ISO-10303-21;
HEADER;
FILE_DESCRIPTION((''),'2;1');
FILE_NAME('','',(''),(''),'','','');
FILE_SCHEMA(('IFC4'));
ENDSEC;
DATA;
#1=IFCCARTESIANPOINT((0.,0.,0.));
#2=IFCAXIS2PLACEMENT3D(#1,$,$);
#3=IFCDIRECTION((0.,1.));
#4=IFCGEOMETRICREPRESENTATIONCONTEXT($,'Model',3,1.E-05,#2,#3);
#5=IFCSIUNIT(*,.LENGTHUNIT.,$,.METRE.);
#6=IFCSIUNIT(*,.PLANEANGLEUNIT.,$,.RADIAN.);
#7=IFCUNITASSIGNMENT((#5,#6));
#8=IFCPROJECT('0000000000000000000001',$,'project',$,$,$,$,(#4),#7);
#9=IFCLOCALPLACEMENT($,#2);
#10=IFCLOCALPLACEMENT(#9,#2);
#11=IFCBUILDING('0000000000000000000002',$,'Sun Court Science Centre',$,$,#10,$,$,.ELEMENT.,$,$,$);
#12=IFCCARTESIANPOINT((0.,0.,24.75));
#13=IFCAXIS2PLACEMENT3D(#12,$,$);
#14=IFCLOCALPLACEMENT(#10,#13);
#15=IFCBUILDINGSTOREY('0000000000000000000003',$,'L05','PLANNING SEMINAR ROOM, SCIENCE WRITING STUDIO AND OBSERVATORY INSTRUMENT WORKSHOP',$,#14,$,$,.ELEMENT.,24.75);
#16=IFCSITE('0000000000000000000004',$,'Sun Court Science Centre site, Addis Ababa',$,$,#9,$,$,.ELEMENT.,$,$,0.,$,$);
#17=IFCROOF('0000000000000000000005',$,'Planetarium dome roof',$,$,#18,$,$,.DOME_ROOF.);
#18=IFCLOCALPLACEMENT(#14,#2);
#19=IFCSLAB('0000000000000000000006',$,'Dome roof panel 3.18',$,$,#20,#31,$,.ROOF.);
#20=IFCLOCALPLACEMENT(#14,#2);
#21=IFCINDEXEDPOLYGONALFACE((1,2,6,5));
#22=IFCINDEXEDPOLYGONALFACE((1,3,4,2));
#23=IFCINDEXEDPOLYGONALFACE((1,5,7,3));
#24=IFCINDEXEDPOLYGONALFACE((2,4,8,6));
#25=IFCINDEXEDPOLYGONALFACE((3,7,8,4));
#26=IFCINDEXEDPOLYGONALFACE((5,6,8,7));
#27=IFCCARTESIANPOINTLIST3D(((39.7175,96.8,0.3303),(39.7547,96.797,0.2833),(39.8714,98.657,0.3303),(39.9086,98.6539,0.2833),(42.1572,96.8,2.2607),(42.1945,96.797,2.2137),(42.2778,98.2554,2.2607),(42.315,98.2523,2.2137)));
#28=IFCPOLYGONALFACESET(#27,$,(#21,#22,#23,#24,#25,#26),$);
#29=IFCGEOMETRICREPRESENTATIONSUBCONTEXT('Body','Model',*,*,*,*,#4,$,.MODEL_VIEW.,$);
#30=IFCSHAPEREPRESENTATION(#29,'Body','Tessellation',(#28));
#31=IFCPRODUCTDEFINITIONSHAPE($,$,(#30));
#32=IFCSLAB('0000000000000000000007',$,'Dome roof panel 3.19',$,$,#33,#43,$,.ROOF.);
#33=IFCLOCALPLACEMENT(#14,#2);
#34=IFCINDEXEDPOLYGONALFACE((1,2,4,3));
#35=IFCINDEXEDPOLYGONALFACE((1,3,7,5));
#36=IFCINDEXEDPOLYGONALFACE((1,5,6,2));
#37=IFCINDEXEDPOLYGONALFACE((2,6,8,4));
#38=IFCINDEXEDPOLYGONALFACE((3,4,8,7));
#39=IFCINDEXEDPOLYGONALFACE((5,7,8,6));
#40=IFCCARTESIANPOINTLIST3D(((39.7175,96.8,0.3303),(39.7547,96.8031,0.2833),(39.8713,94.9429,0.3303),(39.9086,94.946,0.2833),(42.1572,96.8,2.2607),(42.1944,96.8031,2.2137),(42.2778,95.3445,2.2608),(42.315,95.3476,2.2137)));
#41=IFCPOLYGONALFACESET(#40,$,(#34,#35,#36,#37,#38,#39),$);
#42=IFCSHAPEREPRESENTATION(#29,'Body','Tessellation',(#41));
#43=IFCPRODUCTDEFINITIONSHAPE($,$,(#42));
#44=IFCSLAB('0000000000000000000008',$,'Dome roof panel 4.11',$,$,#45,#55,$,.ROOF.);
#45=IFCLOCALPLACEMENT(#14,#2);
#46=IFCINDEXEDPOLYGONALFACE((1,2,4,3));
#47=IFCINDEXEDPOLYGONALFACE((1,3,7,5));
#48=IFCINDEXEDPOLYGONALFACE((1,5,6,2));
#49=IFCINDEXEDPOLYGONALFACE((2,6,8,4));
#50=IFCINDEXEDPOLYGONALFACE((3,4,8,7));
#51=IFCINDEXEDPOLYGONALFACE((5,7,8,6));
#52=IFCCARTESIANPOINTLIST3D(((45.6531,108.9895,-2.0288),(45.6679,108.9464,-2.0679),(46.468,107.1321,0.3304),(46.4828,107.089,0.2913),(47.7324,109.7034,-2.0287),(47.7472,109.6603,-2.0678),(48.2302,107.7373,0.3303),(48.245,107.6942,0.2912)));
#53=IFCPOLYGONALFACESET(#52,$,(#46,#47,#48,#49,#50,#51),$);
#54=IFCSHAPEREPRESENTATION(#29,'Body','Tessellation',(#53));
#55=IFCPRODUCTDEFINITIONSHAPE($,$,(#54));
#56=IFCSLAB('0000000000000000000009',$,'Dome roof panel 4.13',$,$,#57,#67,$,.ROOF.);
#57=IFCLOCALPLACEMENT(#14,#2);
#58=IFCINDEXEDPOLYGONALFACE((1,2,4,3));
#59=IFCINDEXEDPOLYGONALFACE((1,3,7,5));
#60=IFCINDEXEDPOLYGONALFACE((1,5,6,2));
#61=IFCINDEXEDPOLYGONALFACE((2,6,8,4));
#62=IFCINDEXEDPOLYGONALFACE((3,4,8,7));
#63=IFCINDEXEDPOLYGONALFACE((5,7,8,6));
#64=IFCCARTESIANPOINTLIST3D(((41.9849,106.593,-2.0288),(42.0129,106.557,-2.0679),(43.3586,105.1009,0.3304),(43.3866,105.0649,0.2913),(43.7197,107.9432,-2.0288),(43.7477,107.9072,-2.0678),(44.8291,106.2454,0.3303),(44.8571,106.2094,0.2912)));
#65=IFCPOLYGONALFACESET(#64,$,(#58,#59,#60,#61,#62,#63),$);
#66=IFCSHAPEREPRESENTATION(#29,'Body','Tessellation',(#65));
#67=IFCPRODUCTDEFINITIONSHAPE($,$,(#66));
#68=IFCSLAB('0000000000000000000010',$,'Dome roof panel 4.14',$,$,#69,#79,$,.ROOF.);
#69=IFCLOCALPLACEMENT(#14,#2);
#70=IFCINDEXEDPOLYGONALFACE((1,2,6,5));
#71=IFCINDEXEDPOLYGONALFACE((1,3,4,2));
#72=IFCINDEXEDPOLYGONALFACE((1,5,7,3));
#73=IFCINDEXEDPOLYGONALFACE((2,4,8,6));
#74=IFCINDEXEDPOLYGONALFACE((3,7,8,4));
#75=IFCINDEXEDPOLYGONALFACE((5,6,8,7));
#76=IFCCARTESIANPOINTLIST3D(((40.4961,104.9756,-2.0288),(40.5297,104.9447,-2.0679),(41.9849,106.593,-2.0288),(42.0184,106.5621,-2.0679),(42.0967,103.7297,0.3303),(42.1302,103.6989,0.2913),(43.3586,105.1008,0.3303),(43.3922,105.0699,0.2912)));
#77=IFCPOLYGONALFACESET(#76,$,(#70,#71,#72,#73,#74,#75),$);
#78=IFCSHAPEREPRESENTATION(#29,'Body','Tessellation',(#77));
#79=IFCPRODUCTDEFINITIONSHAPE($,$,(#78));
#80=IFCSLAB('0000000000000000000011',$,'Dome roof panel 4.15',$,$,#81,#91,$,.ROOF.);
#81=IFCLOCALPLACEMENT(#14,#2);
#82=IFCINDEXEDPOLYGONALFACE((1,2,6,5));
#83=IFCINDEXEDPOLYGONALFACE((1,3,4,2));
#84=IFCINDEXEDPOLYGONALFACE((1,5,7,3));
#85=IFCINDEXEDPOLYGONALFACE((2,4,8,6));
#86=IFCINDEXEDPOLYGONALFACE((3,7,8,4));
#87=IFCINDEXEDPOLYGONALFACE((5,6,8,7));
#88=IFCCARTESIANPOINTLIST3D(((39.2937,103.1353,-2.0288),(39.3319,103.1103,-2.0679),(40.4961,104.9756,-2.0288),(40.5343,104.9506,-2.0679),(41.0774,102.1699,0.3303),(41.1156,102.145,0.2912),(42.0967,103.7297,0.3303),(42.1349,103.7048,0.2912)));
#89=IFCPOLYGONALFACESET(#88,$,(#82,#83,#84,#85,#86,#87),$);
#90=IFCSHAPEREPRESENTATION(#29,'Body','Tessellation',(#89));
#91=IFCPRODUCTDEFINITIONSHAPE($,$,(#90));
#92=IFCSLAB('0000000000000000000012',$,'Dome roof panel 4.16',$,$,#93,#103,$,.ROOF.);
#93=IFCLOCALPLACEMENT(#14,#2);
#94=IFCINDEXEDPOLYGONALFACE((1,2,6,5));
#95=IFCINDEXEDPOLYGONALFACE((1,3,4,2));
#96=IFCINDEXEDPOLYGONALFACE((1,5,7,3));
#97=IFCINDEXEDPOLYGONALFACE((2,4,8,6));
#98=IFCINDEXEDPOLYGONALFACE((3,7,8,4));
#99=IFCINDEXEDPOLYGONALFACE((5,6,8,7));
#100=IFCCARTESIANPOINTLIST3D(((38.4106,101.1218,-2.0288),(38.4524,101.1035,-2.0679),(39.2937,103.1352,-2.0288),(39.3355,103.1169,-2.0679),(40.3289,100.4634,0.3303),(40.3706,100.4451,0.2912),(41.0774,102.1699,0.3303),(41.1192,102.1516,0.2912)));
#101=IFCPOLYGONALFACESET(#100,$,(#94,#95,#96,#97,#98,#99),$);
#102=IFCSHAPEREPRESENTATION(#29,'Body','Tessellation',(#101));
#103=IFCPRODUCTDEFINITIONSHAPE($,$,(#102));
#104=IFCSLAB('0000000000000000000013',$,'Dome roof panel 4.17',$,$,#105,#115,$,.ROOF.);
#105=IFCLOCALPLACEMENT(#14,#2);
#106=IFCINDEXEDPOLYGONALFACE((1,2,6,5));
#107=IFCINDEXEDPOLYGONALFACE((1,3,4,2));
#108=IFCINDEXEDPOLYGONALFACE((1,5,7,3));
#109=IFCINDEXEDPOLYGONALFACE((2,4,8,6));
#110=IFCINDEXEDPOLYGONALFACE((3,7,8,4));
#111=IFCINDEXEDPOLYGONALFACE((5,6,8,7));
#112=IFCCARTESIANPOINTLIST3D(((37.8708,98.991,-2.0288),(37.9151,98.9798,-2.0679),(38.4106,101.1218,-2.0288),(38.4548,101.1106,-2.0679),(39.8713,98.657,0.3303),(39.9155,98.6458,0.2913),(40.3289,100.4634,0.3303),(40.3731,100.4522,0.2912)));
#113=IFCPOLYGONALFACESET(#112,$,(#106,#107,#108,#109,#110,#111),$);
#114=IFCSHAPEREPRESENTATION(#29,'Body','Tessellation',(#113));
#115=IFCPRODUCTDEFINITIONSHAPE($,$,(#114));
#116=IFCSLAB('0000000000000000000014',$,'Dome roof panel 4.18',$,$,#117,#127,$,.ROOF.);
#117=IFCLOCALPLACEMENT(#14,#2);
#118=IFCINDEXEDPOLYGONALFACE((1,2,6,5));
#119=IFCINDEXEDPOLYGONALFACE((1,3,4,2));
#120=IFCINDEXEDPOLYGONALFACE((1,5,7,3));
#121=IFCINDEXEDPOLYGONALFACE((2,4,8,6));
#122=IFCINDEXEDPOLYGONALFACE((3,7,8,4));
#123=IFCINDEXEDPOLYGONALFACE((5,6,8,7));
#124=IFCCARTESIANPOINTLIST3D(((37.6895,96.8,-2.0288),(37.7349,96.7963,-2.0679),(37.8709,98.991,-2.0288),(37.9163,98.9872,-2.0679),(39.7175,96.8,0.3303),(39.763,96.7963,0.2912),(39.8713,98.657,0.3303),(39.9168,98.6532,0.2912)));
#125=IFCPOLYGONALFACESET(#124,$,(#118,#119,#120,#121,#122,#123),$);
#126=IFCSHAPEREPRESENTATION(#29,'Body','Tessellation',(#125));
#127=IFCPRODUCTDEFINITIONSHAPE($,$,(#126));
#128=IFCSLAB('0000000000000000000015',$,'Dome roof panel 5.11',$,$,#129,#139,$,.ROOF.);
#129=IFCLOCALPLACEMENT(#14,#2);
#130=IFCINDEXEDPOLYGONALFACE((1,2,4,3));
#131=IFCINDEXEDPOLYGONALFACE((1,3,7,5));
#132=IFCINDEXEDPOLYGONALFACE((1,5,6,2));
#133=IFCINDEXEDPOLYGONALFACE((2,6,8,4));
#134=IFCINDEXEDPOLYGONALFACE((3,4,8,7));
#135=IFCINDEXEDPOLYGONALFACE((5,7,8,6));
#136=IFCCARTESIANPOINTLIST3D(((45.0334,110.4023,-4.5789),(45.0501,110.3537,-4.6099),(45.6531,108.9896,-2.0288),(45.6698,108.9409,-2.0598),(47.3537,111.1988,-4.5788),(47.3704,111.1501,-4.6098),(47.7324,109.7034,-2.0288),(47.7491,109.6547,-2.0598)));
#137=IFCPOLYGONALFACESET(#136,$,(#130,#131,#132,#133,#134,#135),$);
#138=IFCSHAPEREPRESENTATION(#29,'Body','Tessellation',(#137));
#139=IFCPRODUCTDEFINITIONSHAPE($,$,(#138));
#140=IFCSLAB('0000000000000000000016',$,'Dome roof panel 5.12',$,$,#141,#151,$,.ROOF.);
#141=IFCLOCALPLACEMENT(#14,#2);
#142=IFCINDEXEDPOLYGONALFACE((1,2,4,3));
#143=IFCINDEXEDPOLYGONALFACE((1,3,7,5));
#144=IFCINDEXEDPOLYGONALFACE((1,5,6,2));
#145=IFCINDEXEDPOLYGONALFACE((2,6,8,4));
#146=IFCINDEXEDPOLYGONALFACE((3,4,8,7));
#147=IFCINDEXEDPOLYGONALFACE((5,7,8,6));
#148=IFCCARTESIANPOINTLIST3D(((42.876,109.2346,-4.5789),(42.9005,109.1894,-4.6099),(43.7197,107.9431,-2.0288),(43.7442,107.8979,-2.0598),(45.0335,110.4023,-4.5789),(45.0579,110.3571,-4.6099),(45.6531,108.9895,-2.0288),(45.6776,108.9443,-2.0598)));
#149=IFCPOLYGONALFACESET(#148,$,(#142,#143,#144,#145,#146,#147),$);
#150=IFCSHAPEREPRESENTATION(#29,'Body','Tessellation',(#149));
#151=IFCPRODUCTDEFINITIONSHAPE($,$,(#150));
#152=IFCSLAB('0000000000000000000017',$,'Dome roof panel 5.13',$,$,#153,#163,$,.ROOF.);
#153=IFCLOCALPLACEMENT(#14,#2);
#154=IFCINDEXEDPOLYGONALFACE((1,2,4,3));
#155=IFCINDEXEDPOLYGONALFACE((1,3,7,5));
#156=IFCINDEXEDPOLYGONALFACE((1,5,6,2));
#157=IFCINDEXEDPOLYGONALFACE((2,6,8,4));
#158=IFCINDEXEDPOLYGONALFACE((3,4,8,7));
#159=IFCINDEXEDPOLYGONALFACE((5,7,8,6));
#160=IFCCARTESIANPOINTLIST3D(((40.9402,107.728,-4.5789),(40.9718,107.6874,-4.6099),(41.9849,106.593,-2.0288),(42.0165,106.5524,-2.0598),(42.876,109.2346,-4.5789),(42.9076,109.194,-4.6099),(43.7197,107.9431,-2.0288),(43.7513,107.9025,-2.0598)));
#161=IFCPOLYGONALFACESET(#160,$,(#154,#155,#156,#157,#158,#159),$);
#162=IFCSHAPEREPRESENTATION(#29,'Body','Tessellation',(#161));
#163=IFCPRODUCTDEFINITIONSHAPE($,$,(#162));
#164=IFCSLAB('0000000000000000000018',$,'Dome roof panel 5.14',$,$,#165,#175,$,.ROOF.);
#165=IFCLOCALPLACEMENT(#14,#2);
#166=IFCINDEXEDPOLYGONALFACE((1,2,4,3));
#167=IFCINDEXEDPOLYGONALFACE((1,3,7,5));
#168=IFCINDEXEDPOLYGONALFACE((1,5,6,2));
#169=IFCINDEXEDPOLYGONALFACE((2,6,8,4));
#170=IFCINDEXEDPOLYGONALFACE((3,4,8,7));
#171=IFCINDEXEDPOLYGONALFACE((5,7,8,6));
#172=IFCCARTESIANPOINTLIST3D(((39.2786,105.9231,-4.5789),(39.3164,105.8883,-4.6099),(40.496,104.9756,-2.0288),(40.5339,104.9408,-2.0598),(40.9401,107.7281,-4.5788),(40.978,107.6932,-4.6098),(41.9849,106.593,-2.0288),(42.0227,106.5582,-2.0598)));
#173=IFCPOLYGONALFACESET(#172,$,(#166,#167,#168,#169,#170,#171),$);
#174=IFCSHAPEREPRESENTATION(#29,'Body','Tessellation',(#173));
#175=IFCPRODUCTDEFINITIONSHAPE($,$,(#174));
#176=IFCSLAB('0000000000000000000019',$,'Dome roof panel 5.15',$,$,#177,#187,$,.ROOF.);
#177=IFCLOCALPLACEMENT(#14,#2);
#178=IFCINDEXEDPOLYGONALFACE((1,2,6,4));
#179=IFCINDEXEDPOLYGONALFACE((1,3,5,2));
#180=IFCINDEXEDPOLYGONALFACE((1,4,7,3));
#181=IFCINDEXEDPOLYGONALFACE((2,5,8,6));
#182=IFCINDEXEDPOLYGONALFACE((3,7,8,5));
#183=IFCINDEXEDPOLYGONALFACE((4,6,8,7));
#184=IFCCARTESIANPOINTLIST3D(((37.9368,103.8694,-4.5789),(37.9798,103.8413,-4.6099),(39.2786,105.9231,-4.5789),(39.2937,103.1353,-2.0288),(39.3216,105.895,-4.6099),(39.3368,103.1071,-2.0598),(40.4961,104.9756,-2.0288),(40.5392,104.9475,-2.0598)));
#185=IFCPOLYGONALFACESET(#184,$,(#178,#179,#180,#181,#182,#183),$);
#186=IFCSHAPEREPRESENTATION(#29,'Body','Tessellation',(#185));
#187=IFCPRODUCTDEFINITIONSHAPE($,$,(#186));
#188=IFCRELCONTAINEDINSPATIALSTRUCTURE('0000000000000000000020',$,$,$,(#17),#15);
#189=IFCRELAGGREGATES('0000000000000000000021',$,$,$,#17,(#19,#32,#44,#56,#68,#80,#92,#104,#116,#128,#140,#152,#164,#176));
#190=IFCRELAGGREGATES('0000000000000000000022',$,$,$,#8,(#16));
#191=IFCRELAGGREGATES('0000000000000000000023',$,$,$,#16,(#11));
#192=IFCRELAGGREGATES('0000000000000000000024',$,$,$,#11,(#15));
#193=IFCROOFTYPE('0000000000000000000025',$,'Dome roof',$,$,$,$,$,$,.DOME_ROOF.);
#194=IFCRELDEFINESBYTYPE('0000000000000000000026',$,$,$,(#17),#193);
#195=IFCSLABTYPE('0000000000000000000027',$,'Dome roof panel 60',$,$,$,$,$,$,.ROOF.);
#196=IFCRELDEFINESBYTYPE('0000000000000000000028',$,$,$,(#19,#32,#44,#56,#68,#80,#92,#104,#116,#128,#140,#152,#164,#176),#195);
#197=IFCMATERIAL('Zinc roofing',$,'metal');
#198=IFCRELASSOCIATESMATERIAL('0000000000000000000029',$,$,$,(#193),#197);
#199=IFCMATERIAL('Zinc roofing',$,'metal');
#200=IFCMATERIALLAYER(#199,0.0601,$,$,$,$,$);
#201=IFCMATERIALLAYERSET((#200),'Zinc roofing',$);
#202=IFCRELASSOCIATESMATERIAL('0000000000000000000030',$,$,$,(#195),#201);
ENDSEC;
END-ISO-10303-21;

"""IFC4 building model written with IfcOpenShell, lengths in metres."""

from ifc_helpers import new_model, si_unit, direction, frame, origin, place, context, subcontext, project, spatial, polyline, outline, extrude, material, layer, layer_set, type_object, element, aggregate, save


model = new_model("IFC4")

# Units and contexts
model_context = context("Model", 3, precision=1e-05, world=origin(), true_north=direction((0.0, 1.0)))
body_context = subcontext(model_context, "Body", "Model", "MODEL_VIEW")
ifc_project = project(units=[si_unit("LENGTHUNIT", "METRE"), si_unit("PLANEANGLEUNIT", "RADIAN")], contexts=[model_context])

# Site, building, storey
site_placement = place(None, origin())
site = spatial("IfcSite", under=ifc_project, at=site_placement, Name="Sun Court Science Centre site, Addis Ababa", CompositionType="ELEMENT", RefElevation=0.0)
building_placement = place(site_placement, origin())
building = spatial("IfcBuilding", under=site, at=building_placement, Name="Sun Court Science Centre", CompositionType="ELEMENT")
storey_placement = place(building_placement, frame((0.0, 0.0, 24.75)))
storey = spatial("IfcBuildingStorey", under=building, at=storey_placement, Name="L05", Description="PLANNING SEMINAR ROOM, SCIENCE WRITING STUDIO AND OBSERVATORY INSTRUMENT WORKSHOP", CompositionType="ELEMENT", Elevation=24.75)

# Roof, slabs
ifc_material_1 = material(Name="Zinc roofing", Category="metal")
roof_type = type_object("IfcRoofType", Name="Dome roof", PredefinedType="DOME_ROOF", material=ifc_material_1)
roof_placement = place(storey_placement, origin())
roof = element("IfcRoof", 1, at=roof_placement, inside=storey, type_object=roof_type, Name="Planetarium dome roof", PredefinedType="DOME_ROOF")
ifc_material_2 = material(Name="Zinc roofing", Category="metal")
ifc_layer = layer(ifc_material_2, 0.0601)
ifc_layer_set = layer_set([ifc_layer], Name="Zinc roofing")
slab_type = type_object("IfcSlabType", Name="Dome roof panel 60", PredefinedType="ROOF", material=ifc_layer_set)
slab_1_placement = place(storey_placement, frame((42.2778, 98.2554, 2.2607), z_axis=(-0.61968, 0.051339, 0.783173), x_axis=(-0.08258, -0.996584, -0.000012)))
slab_1 = element("IfcSlab", 2, at=slab_1_placement, type_object=slab_type, Name="Dome roof panel 3.18", PredefinedType="ROOF", context=body_context, shape_type="SweptSolid", body=[
    extrude(outline(polyline([(0.0, 0.0), (1.4603, 0.0), (1.6618, -3.1045), (-0.2015, -3.1046), (0.0, 0.0)])), origin(), (0.0, 0.0, -1.0), 0.0601),
])
slab_2_placement = place(storey_placement, frame((42.1572, 96.8, 2.2607), z_axis=(-0.619681, -0.051332, 0.783173), x_axis=(0.082567, -0.996586, 0.000011)))
slab_2 = element("IfcSlab", 3, at=slab_2_placement, type_object=slab_type, Name="Dome roof panel 3.19", PredefinedType="ROOF", context=body_context, shape_type="SweptSolid", body=[
    extrude(outline(polyline([(0.0, 0.0), (1.4606, 0.0), (1.6621, -3.1046), (-0.2015, -3.1045), (0.0, 0.0)])), origin(), (0.0, 0.0, -1.0), 0.0601),
])
slab_3_placement = place(storey_placement, frame((48.2302, 107.7373, 0.3303), z_axis=(-0.246621, 0.718226, 0.650638), x_axis=(-0.945787, -0.324788, 0.000032)))
slab_3 = element("IfcSlab", 4, at=slab_3_placement, type_object=slab_type, Name="Dome roof panel 4.11", PredefinedType="ROOF", context=body_context, shape_type="SweptSolid", body=[
    extrude(outline(polyline([(0.0, 0.0), (1.8632, 0.0), (2.0307, -3.1067), (-0.1678, -3.1065), (0.0, 0.0)])), origin(), (0.0, 0.0, -1.0), 0.0601),
])
slab_4_placement = place(storey_placement, frame((44.8291, 106.2454, 0.3303), z_axis=(-0.466409, 0.599284, 0.650631), x_axis=(-0.789149, -0.614201, 0.000022)))
slab_4 = element("IfcSlab", 5, at=slab_4_placement, type_object=slab_type, Name="Dome roof panel 4.13", PredefinedType="ROOF", context=body_context, shape_type="SweptSolid", body=[
    extrude(outline(polyline([(0.0, 0.0), (1.8634, 0.0), (2.0309, -3.1067), (-0.1674, -3.1065), (0.0, 0.0)])), origin(), (0.0, 0.0, -1.0), 0.0601),
])
slab_5_placement = place(storey_placement, frame((43.3586, 105.1008, 0.3303), z_axis=(-0.558728, 0.51427, 0.650653), x_axis=(-0.677224, -0.735777, 0.000007)))
slab_5 = element("IfcSlab", 6, at=slab_5_placement, type_object=slab_type, Name="Dome roof panel 4.14", PredefinedType="ROOF", context=body_context, shape_type="SweptSolid", body=[
    extrude(outline(polyline([(0.0, 0.0), (1.8635, 0.0), (2.0307, -3.1067), (-0.1676, -3.1067), (0.0, 0.0)])), origin(), (0.0, 0.0, -1.0), 0.0601),
])
slab_6_placement = place(storey_placement, frame((42.0967, 103.7297, 0.3303), z_axis=(-0.63571, 0.415378, 0.650641), x_axis=(-0.547007, -0.837128, -0.000021)))
slab_6 = element("IfcSlab", 7, at=slab_6_placement, type_object=slab_type, Name="Dome roof panel 4.15", PredefinedType="ROOF", context=body_context, shape_type="SweptSolid", body=[
    extrude(outline(polyline([(0.0, 0.0), (1.8633, 0.0), (2.031, -3.1066), (-0.1674, -3.1067), (0.0, 0.0)])), origin(), (0.0, 0.0, -1.0), 0.0601),
])
slab_7_placement = place(storey_placement, frame((41.0774, 102.1699, 0.3303), z_axis=(-0.695452, 0.305027, 0.650619), x_axis=(-0.401674, -0.915783, -0.00001)))
slab_7 = element("IfcSlab", 8, at=slab_7_placement, type_object=slab_type, Name="Dome roof panel 4.16", PredefinedType="ROOF", context=body_context, shape_type="SweptSolid", body=[
    extrude(outline(polyline([(0.0, 0.0), (1.8635, 0.0), (2.031, -3.1065), (-0.1675, -3.1066), (0.0, 0.0)])), origin(), (0.0, 0.0, -1.0), 0.0601),
])
slab_8_placement = place(storey_placement, frame((40.3289, 100.4634, 0.3303), z_axis=(-0.736151, 0.186468, 0.650624), x_axis=(-0.245538, -0.969387, 0.000011)))
slab_8 = element("IfcSlab", 9, at=slab_8_placement, type_object=slab_type, Name="Dome roof panel 4.17", PredefinedType="ROOF", context=body_context, shape_type="SweptSolid", body=[
    extrude(outline(polyline([(0.0, 0.0), (1.8634, 0.0), (2.0308, -3.1066), (-0.1673, -3.1065), (0.0, 0.0)])), origin(), (0.0, 0.0, -1.0), 0.0601),
])
slab_9_placement = place(storey_placement, frame((39.8713, 98.657, 0.3303), z_axis=(-0.756812, 0.062672, 0.650621), x_axis=(-0.082536, -0.996588, -0.000009)))
slab_9 = element("IfcSlab", 10, at=slab_9_placement, type_object=slab_type, Name="Dome roof panel 4.18", PredefinedType="ROOF", context=body_context, shape_type="SweptSolid", body=[
    extrude(outline(polyline([(0.0, 0.0), (1.8633, 0.0), (2.0307, -3.1065), (-0.1677, -3.1066), (0.0, 0.0)])), origin(), (0.0, 0.0, -1.0), 0.0601),
])
slab_10_placement = place(storey_placement, frame((47.7324, 109.7034, -2.0288), z_axis=(-0.278048, 0.810007, 0.516311), x_axis=(-0.945824, -0.324681, 0.000019)))
slab_10 = element("IfcSlab", 11, at=slab_10_placement, type_object=slab_type, Name="Dome roof panel 5.11", PredefinedType="ROOF", context=body_context, shape_type="SweptSolid", body=[
    extrude(outline(polyline([(0.0, 0.0), (2.1985, 0.0), (2.3258, -2.9777), (-0.1274, -2.9776), (0.0, 0.0)])), origin(), (0.0, 0.0, -1.0), 0.0601),
])
slab_11_placement = place(storey_placement, frame((45.6531, 108.9895, -2.0288), z_axis=(-0.407636, 0.753154, 0.516326), x_axis=(-0.87945, -0.475991, -0.000003)))
slab_11 = element("IfcSlab", 12, at=slab_11_placement, type_object=slab_type, Name="Dome roof panel 5.12", PredefinedType="ROOF", context=body_context, shape_type="SweptSolid", body=[
    extrude(outline(polyline([(0.0, 0.0), (2.1984, 0.0), (2.3257, -2.9777), (-0.1276, -2.9777), (0.0, 0.0)])), origin(), (0.0, 0.0, -1.0), 0.0601),
])
slab_12_placement = place(storey_placement, frame((43.7197, 107.9431, -2.0288), z_axis=(-0.525979, 0.675848, 0.516309), x_axis=(-0.789175, -0.614169, -0.00001)))
slab_12 = element("IfcSlab", 13, at=slab_12_placement, type_object=slab_type, Name="Dome roof panel 5.13", PredefinedType="ROOF", context=body_context, shape_type="SweptSolid", body=[
    extrude(outline(polyline([(0.0, 0.0), (2.1983, 0.0), (2.3257, -2.9776), (-0.1273, -2.9777), (0.0, 0.0)])), origin(), (0.0, 0.0, -1.0), 0.0601),
])
slab_13_placement = place(storey_placement, frame((41.9849, 106.593, -2.0288), z_axis=(-0.630083, 0.580011, 0.516316), x_axis=(-0.67726, -0.735744, 0.000019)))
slab_13 = element("IfcSlab", 14, at=slab_13_placement, type_object=slab_type, Name="Dome roof panel 5.14", PredefinedType="ROOF", context=body_context, shape_type="SweptSolid", body=[
    extrude(outline(polyline([(0.0, 0.0), (2.1983, 0.0), (2.3257, -2.9777), (-0.1276, -2.9776), (0.0, 0.0)])), origin(), (0.0, 0.0, -1.0), 0.0601),
])
slab_14_placement = place(storey_placement, frame((40.4961, 104.9756, -2.0288), z_axis=(-0.716927, 0.468408, 0.516342), x_axis=(-0.546961, -0.837158, -0.000001)))
slab_14 = element("IfcSlab", 15, at=slab_14_placement, type_object=slab_type, Name="Dome roof panel 5.15", PredefinedType="ROOF", context=body_context, shape_type="SweptSolid", body=[
    extrude(outline(polyline([(0.0, 0.0), (2.1983, 0.0), (2.3259, -2.9777), (-0.1273, -2.9777), (0.0, 0.0)])), origin(), (0.0, 0.0, -1.0), 0.0601),
])
aggregate(roof, [slab_1, slab_2, slab_3, slab_4, slab_5, slab_6, slab_7, slab_8, slab_9, slab_10, slab_11, slab_12, slab_13, slab_14])

save(model, "model.ifc")
